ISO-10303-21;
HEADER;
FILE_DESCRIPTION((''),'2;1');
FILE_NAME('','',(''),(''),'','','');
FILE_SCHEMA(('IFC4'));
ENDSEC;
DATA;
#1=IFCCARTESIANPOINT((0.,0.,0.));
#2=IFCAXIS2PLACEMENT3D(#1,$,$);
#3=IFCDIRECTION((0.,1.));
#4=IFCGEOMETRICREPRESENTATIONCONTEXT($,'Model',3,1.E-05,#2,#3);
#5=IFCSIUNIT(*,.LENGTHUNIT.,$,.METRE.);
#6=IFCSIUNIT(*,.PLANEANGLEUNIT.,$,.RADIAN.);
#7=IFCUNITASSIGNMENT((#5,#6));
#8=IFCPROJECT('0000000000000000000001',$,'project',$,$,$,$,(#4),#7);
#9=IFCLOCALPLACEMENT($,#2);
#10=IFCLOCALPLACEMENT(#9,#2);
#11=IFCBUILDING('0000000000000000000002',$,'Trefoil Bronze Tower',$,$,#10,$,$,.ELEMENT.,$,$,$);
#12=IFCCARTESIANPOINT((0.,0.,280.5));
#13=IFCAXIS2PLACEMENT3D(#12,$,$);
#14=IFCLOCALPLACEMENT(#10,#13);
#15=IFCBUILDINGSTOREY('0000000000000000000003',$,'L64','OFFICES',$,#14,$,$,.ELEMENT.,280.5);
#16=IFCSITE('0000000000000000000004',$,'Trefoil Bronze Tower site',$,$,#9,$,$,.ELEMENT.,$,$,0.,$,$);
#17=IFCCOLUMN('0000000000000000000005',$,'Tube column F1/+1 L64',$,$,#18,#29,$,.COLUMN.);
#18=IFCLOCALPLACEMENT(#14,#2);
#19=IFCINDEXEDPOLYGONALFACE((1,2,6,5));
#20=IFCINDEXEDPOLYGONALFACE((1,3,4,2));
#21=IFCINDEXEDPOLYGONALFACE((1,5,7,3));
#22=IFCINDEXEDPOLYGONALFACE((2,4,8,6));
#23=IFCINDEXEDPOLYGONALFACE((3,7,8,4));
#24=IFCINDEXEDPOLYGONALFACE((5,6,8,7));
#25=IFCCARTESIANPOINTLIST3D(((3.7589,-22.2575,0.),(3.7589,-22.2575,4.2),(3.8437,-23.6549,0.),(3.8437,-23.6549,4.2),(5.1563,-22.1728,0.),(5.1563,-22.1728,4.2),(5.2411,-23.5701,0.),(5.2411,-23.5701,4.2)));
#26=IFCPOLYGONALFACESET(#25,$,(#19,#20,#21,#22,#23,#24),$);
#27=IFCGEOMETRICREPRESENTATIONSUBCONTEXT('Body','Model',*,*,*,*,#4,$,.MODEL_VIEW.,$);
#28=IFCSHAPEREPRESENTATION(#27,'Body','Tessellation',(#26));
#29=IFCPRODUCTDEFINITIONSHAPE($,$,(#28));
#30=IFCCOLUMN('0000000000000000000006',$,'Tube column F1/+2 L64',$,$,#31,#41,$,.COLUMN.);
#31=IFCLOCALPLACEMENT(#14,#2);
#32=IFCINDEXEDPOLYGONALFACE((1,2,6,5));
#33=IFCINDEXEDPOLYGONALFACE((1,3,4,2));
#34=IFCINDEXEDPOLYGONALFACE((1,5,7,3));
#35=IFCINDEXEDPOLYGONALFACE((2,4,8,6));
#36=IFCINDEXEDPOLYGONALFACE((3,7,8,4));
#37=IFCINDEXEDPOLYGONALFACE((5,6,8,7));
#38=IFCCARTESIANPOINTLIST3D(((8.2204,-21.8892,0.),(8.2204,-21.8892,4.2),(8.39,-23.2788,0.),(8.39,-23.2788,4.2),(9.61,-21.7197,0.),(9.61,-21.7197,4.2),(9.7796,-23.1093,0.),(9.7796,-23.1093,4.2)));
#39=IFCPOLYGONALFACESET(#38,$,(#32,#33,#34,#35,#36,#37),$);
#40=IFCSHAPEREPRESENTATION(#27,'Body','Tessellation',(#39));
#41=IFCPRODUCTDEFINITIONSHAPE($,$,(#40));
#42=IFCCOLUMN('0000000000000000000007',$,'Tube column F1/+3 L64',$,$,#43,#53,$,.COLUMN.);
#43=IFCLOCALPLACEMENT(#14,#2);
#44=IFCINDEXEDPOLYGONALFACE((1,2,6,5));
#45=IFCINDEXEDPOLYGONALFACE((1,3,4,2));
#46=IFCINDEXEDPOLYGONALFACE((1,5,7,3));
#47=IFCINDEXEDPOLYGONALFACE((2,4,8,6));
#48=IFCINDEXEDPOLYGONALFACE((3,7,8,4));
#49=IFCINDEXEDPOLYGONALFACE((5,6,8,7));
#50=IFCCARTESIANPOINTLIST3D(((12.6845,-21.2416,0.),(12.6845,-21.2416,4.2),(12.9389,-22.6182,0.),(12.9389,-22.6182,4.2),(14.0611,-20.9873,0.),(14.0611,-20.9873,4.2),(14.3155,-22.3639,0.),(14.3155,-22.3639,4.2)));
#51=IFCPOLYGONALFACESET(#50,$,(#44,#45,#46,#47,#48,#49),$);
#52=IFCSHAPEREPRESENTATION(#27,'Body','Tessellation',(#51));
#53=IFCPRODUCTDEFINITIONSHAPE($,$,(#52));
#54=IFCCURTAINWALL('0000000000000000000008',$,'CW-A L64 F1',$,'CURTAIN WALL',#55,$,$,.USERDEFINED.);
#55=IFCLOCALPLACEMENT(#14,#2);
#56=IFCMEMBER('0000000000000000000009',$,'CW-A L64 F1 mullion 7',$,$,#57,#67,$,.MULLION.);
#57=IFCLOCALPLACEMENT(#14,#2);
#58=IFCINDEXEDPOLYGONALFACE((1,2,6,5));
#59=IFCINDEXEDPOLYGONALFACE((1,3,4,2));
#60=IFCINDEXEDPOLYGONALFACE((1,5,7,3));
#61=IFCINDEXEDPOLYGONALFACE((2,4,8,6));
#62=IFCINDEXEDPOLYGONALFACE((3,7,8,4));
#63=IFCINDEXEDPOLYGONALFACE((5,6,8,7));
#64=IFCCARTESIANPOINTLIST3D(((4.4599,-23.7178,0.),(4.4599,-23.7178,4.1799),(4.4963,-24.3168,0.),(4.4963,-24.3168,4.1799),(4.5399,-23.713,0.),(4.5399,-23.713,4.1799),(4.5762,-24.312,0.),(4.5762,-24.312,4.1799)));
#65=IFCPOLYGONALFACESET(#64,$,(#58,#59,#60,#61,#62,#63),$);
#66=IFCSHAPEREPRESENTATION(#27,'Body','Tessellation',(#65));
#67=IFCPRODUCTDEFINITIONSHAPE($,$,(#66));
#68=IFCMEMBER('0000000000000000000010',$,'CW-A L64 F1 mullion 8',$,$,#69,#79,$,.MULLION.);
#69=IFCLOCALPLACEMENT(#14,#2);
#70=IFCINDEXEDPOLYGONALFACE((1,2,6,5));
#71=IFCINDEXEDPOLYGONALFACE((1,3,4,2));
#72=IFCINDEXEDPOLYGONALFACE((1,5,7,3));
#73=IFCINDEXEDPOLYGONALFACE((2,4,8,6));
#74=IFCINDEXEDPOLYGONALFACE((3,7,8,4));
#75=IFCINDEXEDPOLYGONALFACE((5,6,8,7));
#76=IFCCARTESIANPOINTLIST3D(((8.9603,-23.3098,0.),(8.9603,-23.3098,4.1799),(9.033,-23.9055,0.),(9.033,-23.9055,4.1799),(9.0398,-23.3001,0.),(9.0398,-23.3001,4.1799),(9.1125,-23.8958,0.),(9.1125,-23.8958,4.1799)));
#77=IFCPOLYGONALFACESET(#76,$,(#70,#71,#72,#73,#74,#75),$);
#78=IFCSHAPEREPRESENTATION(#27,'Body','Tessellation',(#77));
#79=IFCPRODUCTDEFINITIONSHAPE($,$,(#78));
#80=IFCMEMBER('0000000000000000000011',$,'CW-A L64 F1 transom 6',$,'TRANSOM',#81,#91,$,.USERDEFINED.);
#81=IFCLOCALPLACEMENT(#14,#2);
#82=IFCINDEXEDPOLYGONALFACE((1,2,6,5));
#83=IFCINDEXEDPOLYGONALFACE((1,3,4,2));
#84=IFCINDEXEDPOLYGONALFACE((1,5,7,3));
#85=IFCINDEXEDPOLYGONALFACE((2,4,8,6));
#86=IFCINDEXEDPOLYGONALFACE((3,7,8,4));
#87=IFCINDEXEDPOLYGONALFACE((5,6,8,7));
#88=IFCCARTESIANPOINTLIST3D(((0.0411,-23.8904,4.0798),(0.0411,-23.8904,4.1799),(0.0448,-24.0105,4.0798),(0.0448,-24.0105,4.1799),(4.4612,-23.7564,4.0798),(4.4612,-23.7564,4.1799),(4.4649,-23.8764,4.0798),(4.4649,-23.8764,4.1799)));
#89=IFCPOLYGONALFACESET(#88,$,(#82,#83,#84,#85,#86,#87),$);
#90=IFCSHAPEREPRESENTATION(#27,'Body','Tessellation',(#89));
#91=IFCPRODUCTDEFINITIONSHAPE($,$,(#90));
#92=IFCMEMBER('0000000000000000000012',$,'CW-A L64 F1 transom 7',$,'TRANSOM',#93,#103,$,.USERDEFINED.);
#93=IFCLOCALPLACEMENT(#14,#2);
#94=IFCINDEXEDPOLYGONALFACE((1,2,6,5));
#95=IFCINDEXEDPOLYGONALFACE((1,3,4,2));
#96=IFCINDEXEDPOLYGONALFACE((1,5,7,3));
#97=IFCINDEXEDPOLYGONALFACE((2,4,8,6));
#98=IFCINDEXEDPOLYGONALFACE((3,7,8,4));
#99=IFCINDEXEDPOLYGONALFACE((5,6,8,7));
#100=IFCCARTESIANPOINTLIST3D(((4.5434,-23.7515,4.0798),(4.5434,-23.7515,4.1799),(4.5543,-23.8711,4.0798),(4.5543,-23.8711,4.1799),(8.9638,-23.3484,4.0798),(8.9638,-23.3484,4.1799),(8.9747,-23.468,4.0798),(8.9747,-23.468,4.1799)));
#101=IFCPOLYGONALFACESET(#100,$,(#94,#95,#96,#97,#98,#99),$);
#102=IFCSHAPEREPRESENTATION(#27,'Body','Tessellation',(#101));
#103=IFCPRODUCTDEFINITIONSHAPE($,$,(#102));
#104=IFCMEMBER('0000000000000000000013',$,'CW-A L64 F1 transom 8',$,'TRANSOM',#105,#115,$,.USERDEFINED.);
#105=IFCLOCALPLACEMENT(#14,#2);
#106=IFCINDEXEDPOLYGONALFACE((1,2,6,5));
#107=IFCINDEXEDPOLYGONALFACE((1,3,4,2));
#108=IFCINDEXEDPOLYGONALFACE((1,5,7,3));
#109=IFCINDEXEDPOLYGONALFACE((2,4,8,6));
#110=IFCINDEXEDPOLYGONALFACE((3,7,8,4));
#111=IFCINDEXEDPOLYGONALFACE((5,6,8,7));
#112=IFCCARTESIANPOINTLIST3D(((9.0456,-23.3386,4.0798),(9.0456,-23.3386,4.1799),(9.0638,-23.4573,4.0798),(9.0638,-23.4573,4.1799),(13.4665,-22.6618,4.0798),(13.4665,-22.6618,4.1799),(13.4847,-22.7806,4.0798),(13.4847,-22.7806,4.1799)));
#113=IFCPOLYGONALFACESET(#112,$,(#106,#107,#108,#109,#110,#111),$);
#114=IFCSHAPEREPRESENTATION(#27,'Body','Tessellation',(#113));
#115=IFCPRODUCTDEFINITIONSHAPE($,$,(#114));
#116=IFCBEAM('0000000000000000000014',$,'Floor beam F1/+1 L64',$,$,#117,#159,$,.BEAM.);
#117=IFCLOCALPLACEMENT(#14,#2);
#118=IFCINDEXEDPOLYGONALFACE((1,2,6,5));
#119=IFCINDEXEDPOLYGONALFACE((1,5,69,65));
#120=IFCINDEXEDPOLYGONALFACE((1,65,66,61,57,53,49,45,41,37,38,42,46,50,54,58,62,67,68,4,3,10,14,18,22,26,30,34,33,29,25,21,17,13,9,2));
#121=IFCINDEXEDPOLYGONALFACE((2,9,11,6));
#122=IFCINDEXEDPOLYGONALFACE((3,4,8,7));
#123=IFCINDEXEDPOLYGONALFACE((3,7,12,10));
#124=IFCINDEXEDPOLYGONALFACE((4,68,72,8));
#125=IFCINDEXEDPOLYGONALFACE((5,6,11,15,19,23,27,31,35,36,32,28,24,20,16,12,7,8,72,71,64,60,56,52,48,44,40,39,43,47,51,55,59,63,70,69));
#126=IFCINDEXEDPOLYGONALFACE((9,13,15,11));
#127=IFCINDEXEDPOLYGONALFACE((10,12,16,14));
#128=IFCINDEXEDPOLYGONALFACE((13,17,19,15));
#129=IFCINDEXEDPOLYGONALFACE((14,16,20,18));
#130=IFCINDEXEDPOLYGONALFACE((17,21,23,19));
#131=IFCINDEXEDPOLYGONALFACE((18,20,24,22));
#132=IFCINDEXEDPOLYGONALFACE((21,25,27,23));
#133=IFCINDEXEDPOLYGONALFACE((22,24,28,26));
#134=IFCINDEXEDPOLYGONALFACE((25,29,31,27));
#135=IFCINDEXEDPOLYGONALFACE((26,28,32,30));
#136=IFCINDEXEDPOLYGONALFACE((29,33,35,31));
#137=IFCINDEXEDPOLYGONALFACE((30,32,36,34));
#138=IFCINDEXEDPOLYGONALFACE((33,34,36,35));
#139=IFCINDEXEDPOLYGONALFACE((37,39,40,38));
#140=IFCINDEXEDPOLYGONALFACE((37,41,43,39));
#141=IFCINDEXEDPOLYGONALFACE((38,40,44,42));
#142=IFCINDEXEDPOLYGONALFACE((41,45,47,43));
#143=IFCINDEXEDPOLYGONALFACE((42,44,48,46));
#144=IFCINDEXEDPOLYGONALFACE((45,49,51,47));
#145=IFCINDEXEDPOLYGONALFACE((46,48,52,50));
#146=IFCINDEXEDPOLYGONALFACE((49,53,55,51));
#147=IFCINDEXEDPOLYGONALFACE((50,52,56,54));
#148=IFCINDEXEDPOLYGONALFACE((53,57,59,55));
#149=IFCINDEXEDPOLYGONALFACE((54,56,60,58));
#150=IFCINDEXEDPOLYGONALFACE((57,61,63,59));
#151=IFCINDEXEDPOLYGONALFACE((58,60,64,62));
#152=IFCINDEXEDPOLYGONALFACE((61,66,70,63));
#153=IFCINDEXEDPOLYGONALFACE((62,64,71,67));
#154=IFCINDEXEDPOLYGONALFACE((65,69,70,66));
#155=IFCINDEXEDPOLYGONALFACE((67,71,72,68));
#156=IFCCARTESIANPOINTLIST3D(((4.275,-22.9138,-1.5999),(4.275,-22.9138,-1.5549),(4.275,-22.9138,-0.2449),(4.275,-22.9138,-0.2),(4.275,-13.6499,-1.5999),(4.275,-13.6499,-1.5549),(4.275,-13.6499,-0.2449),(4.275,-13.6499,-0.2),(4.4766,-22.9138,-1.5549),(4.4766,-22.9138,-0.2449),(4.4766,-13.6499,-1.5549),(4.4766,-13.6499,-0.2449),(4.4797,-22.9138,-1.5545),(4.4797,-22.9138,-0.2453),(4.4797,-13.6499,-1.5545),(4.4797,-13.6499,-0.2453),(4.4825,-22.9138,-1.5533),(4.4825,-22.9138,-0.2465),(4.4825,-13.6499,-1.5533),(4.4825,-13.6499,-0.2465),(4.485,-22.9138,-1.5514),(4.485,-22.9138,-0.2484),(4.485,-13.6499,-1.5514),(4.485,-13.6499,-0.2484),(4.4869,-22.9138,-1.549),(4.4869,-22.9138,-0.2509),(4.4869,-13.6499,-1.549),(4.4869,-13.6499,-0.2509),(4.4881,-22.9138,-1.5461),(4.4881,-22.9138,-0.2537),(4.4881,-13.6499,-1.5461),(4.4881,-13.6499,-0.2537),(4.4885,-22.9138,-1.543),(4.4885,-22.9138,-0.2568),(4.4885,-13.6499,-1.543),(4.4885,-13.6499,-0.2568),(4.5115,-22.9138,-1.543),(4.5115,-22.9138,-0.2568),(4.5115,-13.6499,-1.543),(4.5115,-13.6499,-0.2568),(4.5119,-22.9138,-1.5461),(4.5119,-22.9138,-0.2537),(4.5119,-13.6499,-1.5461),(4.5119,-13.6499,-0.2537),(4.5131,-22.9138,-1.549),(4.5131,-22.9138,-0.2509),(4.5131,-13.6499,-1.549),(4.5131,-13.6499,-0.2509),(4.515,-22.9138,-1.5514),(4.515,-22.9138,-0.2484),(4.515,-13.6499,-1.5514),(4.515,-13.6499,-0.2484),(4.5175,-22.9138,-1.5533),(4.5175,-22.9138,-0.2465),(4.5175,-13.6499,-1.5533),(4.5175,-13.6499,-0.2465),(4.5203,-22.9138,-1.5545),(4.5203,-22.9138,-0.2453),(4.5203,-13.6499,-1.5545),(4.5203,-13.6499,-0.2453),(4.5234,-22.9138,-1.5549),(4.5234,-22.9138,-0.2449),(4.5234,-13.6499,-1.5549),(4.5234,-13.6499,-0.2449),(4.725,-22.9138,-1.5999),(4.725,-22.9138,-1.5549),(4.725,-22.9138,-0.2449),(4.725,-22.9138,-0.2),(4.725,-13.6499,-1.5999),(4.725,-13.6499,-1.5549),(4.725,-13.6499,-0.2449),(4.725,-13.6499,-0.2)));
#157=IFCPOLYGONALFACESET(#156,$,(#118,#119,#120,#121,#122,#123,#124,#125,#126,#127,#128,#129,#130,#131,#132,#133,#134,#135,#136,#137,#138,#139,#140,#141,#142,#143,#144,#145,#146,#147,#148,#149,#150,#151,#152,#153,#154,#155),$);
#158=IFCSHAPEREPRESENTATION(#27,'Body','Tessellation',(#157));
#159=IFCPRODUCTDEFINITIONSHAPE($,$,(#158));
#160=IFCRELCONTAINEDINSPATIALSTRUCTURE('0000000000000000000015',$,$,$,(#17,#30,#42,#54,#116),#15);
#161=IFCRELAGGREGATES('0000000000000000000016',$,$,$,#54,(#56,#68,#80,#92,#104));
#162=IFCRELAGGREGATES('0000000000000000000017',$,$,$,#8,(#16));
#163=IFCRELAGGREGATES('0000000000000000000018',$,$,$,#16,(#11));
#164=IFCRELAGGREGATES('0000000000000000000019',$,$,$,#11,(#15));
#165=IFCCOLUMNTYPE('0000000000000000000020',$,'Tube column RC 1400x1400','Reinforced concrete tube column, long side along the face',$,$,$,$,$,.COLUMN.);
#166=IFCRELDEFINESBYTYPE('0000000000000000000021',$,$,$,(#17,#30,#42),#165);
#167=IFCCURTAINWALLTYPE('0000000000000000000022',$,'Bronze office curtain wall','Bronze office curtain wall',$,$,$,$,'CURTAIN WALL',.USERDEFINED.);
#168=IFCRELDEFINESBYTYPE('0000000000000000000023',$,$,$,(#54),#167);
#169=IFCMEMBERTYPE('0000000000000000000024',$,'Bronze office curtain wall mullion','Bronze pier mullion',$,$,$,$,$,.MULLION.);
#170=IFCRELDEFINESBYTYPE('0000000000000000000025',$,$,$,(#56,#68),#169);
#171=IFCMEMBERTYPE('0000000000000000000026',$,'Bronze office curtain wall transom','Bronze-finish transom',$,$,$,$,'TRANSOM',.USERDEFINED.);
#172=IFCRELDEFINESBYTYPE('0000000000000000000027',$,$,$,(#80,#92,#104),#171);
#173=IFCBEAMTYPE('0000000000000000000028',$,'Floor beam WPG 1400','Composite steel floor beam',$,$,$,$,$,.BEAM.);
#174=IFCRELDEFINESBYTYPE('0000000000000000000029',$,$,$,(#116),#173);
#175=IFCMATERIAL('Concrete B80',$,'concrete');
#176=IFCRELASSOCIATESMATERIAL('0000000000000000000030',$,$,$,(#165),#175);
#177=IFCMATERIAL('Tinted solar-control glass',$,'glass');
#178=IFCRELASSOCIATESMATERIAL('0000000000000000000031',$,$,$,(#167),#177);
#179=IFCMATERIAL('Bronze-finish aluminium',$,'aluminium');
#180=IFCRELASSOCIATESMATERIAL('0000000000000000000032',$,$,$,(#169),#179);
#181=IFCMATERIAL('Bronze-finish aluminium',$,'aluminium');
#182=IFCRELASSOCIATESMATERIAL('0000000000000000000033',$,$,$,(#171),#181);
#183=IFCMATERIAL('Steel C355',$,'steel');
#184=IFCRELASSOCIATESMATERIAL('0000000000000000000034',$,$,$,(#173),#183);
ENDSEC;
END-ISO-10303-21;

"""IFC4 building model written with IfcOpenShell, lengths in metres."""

from ifc_helpers import new_model, si_unit, direction, frame, origin, origin_2d, place, context, subcontext, project, spatial, rectangle, i_section, extrude, material, material_profile, profile_set, type_object, element, aggregate, save


model = new_model("IFC4")

# Units and contexts
model_context = context("Model", 3, precision=1e-05, world=origin(), true_north=direction((0.0, 1.0)))
body_context = subcontext(model_context, "Body", "Model", "MODEL_VIEW")
ifc_project = project(units=[si_unit("LENGTHUNIT", "METRE"), si_unit("PLANEANGLEUNIT", "RADIAN")], contexts=[model_context])

# Site, building, storey
site_placement = place(None, origin())
site = spatial("IfcSite", under=ifc_project, at=site_placement, Name="Trefoil Bronze Tower site", CompositionType="ELEMENT", RefElevation=0.0)
building_placement = place(site_placement, origin())
building = spatial("IfcBuilding", under=site, at=building_placement, Name="Trefoil Bronze Tower", CompositionType="ELEMENT")
storey_placement = place(building_placement, frame((0.0, 0.0, 280.5)))
storey = spatial("IfcBuildingStorey", under=building, at=storey_placement, Name="L64", Description="OFFICES", CompositionType="ELEMENT", Elevation=280.5)

# Columns
ifc_material_1 = material(Name="Concrete B80", Category="concrete")
ifc_material_profile_1 = material_profile(ifc_material_1, rectangle(XDim=1.3999, YDim=1.3999, at=origin_2d()), Name="RC 1400x1400")
ifc_profile_set_1 = profile_set([ifc_material_profile_1], Name="Concrete B80")
column_type = type_object("IfcColumnType", Name="Tube column RC 1400x1400", Description="Reinforced concrete tube column, long side along the face", PredefinedType="COLUMN", material=ifc_profile_set_1)
for number, where, z_axis, x_axis, name in (
    (1, (4.5, -22.9138, 0.0), (0.0, 0.0, 1.0), (0.998165, 0.060554, 0.0), "Tube column F1/+1 L64"),
    (2, (9.0, -22.4993, 0.0), (0.0, 0.0, 1.0), (0.992639, 0.121109, 0.0), "Tube column F1/+2 L64"),
    (3, (13.5, -21.8027, 0.0), (0.0, 0.0, 1.0), (0.98336, 0.181667, 0.0), "Tube column F1/+3 L64"),
):
    element("IfcColumn", number, at=place(storey_placement, frame(where, z_axis=z_axis, x_axis=x_axis)), inside=storey, type_object=column_type, Name=name, PredefinedType="COLUMN", context=body_context, shape_type="SweptSolid", body=[
        extrude(rectangle(XDim=1.3999, YDim=1.3999, at=origin_2d()), origin(), (0.0, 0.0, 1.0), 4.2),
    ])

# Curtain wall, members
ifc_material_2 = material(Name="Tinted solar-control glass", Category="glass")
curtain_wall_type = type_object("IfcCurtainWallType", Name="Bronze office curtain wall", Description="Bronze office curtain wall", ElementType="CURTAIN WALL", PredefinedType="USERDEFINED", material=ifc_material_2)
curtain_wall_placement = place(storey_placement, origin())
curtain_wall = element("IfcCurtainWall", 4, at=curtain_wall_placement, inside=storey, type_object=curtain_wall_type, Name="CW-A L64 F1", ObjectType="CURTAIN WALL", PredefinedType="USERDEFINED")
ifc_material_3 = material(Name="Bronze-finish aluminium", Category="aluminium")
ifc_material_profile_2 = material_profile(ifc_material_3, rectangle(XDim=0.6001, YDim=0.0801, at=origin_2d()), Name="CW-A mullion")
ifc_profile_set_2 = profile_set([ifc_material_profile_2], Name="Bronze-finish aluminium")
member_type_1 = type_object("IfcMemberType", Name="Bronze office curtain wall mullion", Description="Bronze pier mullion", PredefinedType="MULLION", material=ifc_profile_set_2)
member_1_placement = place(storey_placement, frame((4.5181, -24.0149, 0.0), z_axis=(0.0, 0.0, 1.0), x_axis=(-0.060554, 0.998165, 0.0)))
member_1 = element("IfcMember", 5, at=member_1_placement, type_object=member_type_1, Name="CW-A L64 F1 mullion 7", PredefinedType="MULLION", context=body_context, shape_type="SweptSolid", body=[
    extrude(rectangle(XDim=0.6001, YDim=0.0801, at=origin_2d()), origin(), (0.0, 0.0, 1.0), 4.1799),
])
member_2_placement = place(storey_placement, frame((9.0364, -23.6028, 0.0), z_axis=(0.0, 0.0, 1.0), x_axis=(-0.121109, 0.992639, 0.0)))
member_2 = element("IfcMember", 6, at=member_2_placement, type_object=member_type_1, Name="CW-A L64 F1 mullion 8", PredefinedType="MULLION", context=body_context, shape_type="SweptSolid", body=[
    extrude(rectangle(XDim=0.6001, YDim=0.0801, at=origin_2d()), origin(), (0.0, 0.0, 1.0), 4.1799),
])
ifc_material_4 = material(Name="Bronze-finish aluminium", Category="aluminium")
ifc_material_profile_3 = material_profile(ifc_material_4, rectangle(XDim=0.1201, YDim=0.1001, at=origin_2d()), Name="CW-A transom")
ifc_profile_set_3 = profile_set([ifc_material_profile_3], Name="Bronze-finish aluminium")
member_type_2 = type_object("IfcMemberType", Name="Bronze office curtain wall transom", Description="Bronze-finish transom", ElementType="TRANSOM", PredefinedType="USERDEFINED", material=ifc_profile_set_3)
member_3_placement = place(storey_placement, frame((0.043, -23.9504, 4.1299), z_axis=(0.999541, 0.030309, 0.0), x_axis=(-0.030309, 0.999541, 0.0)))
member_3 = element("IfcMember", 7, at=member_3_placement, type_object=member_type_2, Name="CW-A L64 F1 transom 6", ObjectType="TRANSOM", PredefinedType="USERDEFINED", context=body_context, shape_type="SweptSolid", body=[
    extrude(rectangle(XDim=0.1201, YDim=0.1001, at=origin_2d()), origin(), (0.0, 0.0, 1.0), 4.4221),
])
member_4_placement = place(storey_placement, frame((4.5488, -23.8113, 4.1299), z_axis=(0.995868, 0.090808, 0.0), x_axis=(-0.090808, 0.995868, 0.0)))
member_4 = element("IfcMember", 8, at=member_4_placement, type_object=member_type_2, Name="CW-A L64 F1 transom 7", ObjectType="TRANSOM", PredefinedType="USERDEFINED", context=body_context, shape_type="SweptSolid", body=[
    extrude(rectangle(XDim=0.1201, YDim=0.1001, at=origin_2d()), origin(), (0.0, 0.0, 1.0), 4.4387),
])
member_5_placement = place(storey_placement, frame((9.0547, -23.3979, 4.1299), z_axis=(0.988485, 0.151319, 0.0), x_axis=(-0.151319, 0.988485, 0.0)))
member_5 = element("IfcMember", 9, at=member_5_placement, type_object=member_type_2, Name="CW-A L64 F1 transom 8", ObjectType="TRANSOM", PredefinedType="USERDEFINED", context=body_context, shape_type="SweptSolid", body=[
    extrude(rectangle(XDim=0.1201, YDim=0.1001, at=origin_2d()), origin(), (0.0, 0.0, 1.0), 4.4724),
])

# Beam
ifc_material_5 = material(Name="Steel C355", Category="steel")
ifc_material_profile_4 = material_profile(ifc_material_5, i_section(OverallWidth=0.45, OverallDepth=1.3999, WebThickness=0.0229, FlangeThickness=0.0449, FilletRadius=0.012, at=origin_2d()), Name="WPG 1400")
ifc_profile_set_4 = profile_set([ifc_material_profile_4], Name="Steel C355")
beam_type_1 = type_object("IfcBeamType", Name="Floor beam WPG 1400", Description="Composite steel floor beam", PredefinedType="BEAM", material=ifc_profile_set_4)
beam_1_placement = place(storey_placement, frame((4.5, -22.9138, -0.8999), z_axis=(0.0, 1.0, 0.0), x_axis=(-1.0, 0.0, 0.0)))
element("IfcBeam", 10, at=beam_1_placement, inside=storey, type_object=beam_type_1, Name="Floor beam F1/+1 L64", PredefinedType="BEAM", context=body_context, shape_type="SweptSolid", body=[
    extrude(i_section(OverallWidth=0.45, OverallDepth=1.3999, WebThickness=0.0229, FlangeThickness=0.0449, FilletRadius=0.012, at=origin_2d()), origin(), (0.0, 0.0, 1.0), 9.2639),
])

aggregate(curtain_wall, [member_1, member_2, member_3, member_4, member_5])

save(model, "model.ifc")
